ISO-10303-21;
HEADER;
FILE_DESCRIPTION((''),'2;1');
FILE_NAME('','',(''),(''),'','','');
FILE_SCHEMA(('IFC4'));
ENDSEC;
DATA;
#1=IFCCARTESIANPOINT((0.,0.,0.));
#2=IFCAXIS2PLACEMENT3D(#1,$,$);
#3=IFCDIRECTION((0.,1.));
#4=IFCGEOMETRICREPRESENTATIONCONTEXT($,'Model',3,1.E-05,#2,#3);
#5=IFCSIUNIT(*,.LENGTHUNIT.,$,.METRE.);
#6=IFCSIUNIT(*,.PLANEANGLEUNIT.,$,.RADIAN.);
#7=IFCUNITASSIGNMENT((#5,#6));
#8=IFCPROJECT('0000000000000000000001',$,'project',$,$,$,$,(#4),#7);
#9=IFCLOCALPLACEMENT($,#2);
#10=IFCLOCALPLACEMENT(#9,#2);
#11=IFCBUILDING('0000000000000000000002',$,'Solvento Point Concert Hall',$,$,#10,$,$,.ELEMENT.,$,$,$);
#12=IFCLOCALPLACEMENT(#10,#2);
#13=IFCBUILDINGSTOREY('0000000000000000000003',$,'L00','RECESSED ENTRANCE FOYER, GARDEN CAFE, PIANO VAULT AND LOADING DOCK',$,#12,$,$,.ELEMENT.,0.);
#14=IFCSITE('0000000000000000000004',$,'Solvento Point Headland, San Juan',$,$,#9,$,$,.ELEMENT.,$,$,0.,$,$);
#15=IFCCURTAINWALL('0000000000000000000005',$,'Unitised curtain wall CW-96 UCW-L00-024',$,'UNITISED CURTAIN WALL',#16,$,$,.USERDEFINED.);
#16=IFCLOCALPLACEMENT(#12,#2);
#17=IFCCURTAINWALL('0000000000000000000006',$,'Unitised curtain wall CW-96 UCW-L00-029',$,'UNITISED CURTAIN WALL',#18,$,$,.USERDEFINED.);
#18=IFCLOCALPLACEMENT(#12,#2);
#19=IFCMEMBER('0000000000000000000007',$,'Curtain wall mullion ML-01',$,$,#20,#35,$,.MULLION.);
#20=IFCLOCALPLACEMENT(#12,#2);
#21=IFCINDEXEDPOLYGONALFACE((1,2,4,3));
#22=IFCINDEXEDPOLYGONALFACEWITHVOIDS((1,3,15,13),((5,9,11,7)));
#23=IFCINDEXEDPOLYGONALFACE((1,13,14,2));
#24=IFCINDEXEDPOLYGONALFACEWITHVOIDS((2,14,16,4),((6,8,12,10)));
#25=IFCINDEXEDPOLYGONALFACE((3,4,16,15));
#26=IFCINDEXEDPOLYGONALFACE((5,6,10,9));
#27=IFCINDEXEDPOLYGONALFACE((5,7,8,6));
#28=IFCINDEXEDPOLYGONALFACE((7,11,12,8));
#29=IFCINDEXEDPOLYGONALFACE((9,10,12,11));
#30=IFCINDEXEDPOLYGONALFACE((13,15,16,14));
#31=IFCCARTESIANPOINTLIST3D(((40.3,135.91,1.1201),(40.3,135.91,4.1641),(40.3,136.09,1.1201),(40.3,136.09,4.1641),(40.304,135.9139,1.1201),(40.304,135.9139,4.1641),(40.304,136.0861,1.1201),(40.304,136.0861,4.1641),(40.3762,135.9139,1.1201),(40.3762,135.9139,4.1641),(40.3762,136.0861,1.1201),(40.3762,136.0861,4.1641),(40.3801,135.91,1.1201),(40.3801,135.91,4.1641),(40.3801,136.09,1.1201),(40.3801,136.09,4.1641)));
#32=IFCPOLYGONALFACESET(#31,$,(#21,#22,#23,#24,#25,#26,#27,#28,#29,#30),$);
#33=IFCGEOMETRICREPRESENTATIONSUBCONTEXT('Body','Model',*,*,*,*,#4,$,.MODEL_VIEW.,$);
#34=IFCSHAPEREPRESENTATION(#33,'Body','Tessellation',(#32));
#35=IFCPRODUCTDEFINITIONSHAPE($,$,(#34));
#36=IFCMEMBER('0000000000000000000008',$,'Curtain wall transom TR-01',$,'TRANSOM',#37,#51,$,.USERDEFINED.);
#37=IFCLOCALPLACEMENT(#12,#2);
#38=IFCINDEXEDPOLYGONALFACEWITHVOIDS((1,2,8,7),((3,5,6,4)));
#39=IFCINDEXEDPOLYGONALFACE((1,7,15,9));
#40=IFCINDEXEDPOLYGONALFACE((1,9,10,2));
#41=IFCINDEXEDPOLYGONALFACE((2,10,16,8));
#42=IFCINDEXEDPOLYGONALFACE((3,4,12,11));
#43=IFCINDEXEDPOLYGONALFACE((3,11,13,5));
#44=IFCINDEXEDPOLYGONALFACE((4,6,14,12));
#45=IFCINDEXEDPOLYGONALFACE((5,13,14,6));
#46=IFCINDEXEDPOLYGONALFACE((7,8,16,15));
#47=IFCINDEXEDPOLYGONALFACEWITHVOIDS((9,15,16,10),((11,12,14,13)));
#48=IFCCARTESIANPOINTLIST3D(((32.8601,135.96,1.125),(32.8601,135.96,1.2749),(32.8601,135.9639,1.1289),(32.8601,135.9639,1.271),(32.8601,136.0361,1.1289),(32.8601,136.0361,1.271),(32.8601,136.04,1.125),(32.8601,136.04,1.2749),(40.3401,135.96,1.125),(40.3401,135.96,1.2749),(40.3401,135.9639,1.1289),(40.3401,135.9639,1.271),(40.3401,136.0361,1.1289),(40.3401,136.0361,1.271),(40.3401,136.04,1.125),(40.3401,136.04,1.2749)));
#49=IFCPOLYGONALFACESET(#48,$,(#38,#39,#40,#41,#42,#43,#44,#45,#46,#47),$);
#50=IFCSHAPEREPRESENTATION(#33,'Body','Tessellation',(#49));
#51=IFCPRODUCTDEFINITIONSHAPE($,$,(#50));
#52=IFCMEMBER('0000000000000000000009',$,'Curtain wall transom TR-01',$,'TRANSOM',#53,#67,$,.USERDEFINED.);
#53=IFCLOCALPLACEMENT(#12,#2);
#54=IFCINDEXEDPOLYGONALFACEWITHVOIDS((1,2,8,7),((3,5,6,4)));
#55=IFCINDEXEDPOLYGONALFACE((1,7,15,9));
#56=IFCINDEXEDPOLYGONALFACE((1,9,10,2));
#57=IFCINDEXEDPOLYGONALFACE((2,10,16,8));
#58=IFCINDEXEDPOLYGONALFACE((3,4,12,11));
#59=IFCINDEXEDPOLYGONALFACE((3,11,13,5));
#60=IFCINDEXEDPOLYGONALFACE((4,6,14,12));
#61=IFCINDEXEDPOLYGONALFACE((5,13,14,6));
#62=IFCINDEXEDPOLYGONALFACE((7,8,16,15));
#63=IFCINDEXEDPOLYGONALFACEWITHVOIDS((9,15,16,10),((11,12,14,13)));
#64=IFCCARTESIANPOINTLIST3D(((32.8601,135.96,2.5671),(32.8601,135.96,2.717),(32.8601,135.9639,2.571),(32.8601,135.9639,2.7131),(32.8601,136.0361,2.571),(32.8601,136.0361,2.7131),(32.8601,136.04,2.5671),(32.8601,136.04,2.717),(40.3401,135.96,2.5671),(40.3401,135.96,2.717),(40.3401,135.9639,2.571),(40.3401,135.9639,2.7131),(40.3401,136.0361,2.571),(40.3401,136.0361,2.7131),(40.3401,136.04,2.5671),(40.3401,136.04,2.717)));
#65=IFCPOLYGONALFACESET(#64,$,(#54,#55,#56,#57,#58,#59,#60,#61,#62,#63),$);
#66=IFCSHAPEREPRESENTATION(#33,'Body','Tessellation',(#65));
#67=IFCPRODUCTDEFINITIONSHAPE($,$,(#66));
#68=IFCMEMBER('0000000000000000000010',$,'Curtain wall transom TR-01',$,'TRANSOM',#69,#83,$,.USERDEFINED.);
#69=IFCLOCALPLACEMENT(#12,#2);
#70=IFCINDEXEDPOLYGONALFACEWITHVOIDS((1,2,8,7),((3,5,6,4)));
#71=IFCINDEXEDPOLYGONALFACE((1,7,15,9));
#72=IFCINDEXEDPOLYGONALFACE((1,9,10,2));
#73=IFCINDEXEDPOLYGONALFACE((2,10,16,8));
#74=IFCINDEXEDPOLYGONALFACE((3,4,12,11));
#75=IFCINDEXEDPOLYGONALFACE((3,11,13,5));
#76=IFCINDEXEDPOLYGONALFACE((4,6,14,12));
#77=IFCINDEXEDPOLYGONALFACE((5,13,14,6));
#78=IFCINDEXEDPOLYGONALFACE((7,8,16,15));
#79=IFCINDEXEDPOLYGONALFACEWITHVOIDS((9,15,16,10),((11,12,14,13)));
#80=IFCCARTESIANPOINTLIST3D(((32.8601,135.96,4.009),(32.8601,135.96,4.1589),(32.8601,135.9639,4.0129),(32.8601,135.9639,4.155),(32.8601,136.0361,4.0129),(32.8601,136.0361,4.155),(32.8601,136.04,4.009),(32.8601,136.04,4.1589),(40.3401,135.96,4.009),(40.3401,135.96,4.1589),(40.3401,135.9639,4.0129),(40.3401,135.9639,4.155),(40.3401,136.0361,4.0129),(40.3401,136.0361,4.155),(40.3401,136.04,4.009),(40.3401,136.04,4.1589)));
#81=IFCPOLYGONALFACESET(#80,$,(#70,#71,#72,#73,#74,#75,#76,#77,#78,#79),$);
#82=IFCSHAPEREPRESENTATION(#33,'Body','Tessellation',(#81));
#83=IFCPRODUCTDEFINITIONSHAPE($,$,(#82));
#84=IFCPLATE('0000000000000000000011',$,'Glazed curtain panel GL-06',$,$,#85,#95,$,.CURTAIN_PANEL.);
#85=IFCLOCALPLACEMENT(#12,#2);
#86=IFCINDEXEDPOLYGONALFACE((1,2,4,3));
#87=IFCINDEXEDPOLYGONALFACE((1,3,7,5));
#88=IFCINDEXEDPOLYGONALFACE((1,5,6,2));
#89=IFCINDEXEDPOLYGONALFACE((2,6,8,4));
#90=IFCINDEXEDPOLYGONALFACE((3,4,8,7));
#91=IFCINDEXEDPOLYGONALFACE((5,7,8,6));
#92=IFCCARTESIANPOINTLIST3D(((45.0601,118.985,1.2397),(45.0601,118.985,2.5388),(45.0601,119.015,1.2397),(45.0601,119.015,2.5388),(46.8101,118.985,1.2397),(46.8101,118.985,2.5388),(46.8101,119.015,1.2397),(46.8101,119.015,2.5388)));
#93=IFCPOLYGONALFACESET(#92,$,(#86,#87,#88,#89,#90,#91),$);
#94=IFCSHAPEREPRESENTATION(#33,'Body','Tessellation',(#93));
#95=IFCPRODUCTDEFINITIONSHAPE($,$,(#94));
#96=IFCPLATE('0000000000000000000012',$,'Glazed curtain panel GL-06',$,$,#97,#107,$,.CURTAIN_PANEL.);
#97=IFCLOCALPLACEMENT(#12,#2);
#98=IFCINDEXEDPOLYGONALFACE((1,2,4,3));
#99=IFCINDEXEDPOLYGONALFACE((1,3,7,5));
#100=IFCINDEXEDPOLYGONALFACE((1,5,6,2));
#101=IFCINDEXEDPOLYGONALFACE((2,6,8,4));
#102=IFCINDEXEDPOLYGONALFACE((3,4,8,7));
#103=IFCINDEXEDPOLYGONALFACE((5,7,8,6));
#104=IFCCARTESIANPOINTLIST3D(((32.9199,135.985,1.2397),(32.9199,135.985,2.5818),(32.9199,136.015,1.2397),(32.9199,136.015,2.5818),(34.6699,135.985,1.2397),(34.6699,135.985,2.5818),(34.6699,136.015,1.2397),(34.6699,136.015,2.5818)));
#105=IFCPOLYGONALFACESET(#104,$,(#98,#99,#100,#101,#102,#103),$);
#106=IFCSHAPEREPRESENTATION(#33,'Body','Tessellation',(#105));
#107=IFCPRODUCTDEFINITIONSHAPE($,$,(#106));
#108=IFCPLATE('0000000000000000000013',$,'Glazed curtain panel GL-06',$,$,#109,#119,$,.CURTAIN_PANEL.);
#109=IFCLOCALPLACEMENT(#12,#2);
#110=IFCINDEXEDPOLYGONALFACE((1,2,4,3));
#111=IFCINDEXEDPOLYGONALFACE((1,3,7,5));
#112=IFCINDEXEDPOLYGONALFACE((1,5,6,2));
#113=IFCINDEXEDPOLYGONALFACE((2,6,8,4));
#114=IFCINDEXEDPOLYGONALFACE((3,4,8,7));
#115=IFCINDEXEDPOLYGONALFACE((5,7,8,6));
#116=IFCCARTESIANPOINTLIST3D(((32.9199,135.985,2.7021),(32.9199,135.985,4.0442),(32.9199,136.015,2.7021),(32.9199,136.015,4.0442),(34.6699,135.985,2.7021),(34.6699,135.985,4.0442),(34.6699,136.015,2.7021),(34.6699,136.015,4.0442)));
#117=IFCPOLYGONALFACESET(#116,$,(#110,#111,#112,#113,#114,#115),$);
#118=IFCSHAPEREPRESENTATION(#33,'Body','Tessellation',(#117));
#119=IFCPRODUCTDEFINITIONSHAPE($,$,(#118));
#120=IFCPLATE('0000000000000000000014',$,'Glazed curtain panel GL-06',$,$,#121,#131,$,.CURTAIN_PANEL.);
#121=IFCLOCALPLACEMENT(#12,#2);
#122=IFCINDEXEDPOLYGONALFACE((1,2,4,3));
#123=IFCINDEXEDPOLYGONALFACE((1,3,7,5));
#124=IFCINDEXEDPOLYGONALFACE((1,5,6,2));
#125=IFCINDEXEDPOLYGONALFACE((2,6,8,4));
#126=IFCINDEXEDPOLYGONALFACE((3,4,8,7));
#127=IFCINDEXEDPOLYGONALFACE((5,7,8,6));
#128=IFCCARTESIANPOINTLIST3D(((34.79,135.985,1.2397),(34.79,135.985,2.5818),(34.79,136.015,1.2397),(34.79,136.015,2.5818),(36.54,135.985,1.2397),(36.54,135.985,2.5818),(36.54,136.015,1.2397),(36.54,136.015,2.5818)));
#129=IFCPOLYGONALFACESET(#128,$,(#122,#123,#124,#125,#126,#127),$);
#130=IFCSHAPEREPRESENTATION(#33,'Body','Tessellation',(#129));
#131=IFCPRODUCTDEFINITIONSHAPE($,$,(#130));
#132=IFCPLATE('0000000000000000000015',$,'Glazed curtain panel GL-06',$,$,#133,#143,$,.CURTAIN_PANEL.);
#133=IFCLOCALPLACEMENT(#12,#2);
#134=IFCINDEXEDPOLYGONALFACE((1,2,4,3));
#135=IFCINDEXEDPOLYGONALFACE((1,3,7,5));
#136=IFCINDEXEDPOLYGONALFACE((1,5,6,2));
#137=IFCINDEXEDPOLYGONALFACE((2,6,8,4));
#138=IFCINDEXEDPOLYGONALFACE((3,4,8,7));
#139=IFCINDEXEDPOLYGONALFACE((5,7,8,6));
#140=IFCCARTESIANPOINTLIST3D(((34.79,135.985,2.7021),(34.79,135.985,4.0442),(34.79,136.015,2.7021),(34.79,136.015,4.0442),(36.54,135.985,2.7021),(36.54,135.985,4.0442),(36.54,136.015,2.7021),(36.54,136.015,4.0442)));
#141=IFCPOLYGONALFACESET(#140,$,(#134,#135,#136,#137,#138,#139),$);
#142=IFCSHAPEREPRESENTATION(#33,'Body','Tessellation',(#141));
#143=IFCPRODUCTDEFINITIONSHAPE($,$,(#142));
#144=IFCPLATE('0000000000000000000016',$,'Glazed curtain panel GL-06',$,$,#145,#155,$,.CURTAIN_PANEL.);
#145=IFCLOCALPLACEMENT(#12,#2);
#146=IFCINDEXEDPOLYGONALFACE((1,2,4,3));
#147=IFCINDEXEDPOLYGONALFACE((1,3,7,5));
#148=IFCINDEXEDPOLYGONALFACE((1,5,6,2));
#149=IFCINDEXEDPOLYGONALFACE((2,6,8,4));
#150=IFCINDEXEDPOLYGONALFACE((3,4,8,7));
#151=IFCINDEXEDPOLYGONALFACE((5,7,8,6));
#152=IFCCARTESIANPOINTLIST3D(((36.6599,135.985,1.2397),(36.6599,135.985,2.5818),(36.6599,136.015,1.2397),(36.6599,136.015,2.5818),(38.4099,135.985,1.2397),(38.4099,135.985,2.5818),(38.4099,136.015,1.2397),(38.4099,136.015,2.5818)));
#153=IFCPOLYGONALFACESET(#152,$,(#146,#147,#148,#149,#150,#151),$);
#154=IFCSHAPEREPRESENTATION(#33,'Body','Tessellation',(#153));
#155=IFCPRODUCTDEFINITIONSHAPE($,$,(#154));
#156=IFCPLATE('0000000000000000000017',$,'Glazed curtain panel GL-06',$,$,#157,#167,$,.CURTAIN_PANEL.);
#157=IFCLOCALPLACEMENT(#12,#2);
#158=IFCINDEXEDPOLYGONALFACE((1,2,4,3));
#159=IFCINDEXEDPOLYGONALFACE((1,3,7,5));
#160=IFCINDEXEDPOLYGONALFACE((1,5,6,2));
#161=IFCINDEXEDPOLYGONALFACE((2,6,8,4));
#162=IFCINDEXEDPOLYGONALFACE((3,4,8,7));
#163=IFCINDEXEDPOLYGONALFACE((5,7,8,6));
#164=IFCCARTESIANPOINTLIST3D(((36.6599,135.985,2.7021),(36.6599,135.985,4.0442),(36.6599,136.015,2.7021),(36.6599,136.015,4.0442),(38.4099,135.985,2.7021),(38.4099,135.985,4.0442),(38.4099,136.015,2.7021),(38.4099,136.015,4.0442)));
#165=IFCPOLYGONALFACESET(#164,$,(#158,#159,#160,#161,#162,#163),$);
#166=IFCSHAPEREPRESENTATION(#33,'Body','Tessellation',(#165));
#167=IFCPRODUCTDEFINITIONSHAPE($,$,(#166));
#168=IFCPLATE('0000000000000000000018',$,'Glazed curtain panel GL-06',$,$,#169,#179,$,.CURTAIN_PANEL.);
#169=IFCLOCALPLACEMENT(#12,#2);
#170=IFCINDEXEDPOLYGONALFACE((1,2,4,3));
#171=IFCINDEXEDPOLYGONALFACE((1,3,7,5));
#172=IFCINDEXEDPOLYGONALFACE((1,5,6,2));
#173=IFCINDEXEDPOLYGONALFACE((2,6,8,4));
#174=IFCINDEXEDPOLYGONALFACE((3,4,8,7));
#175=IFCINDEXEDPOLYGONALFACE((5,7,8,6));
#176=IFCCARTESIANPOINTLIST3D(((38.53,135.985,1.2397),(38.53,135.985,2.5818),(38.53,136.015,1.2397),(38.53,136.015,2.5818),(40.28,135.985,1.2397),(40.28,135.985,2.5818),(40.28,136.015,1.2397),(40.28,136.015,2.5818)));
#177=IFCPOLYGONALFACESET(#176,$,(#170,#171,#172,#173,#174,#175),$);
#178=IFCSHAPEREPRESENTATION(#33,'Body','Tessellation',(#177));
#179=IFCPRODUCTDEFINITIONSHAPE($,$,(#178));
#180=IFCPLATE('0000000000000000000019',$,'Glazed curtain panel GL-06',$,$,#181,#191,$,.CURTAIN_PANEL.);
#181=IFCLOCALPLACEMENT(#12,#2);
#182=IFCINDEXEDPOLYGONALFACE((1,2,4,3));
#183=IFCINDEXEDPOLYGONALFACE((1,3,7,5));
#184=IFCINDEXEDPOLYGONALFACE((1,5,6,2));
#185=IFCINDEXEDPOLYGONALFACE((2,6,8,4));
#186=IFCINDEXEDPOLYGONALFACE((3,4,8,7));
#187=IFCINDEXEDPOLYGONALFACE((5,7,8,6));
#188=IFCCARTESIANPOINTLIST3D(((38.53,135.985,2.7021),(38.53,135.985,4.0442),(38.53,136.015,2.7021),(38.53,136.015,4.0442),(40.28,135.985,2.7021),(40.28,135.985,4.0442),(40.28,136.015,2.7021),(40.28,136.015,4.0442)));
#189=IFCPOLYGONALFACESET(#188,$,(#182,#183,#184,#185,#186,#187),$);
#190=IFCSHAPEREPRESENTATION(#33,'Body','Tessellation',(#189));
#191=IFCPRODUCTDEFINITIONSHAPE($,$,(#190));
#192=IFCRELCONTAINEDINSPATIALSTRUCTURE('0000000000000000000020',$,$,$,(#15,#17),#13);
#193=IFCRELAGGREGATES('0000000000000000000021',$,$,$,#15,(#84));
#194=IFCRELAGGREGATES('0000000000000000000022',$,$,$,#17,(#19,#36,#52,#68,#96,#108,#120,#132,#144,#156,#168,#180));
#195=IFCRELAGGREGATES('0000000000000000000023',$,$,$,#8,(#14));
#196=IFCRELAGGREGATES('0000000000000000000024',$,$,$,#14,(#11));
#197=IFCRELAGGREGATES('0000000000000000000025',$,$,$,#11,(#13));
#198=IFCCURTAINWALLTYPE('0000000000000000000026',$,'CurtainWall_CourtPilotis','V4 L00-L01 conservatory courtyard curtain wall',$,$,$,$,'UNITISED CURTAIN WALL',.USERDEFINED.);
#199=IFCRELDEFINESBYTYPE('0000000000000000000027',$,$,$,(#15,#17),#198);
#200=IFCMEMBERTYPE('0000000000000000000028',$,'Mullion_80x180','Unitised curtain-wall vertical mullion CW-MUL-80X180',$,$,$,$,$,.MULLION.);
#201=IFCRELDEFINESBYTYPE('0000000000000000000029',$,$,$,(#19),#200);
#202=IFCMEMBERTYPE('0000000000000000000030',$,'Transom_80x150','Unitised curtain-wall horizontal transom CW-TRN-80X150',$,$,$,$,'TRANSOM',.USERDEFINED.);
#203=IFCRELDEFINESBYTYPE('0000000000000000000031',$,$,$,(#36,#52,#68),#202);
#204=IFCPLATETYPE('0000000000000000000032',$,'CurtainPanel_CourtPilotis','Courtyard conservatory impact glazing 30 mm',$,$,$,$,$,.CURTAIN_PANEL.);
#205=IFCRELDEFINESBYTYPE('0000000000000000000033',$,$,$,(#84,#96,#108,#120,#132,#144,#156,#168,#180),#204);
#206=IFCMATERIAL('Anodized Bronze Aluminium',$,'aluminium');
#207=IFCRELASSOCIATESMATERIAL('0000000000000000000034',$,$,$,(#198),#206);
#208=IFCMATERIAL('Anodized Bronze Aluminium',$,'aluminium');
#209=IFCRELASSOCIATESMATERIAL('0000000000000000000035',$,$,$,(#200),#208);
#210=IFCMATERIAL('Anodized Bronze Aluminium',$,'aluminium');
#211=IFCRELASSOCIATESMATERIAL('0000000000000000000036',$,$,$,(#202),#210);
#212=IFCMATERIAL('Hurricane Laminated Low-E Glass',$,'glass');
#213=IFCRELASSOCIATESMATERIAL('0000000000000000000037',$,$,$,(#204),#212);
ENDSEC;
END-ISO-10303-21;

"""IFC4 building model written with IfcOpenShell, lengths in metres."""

from ifc_helpers import new_model, si_unit, direction, frame, origin, origin_2d, place, context, subcontext, project, spatial, rectangle, hollow_rectangle, extrude, material, material_profile, profile_set, type_object, element, aggregate, save


model = new_model("IFC4")

# Units and contexts
model_context = context("Model", 3, precision=1e-05, world=origin(), true_north=direction((0.0, 1.0)))
body_context = subcontext(model_context, "Body", "Model", "MODEL_VIEW")
ifc_project = project(units=[si_unit("LENGTHUNIT", "METRE"), si_unit("PLANEANGLEUNIT", "RADIAN")], contexts=[model_context])

# Site, building, storey
site_placement = place(None, origin())
site = spatial("IfcSite", under=ifc_project, at=site_placement, Name="Solvento Point Headland, San Juan", CompositionType="ELEMENT", RefElevation=0.0)
building_placement = place(site_placement, origin())
building = spatial("IfcBuilding", under=site, at=building_placement, Name="Solvento Point Concert Hall", CompositionType="ELEMENT")
storey_placement = place(building_placement, origin())
storey = spatial("IfcBuildingStorey", under=building, at=storey_placement, Name="L00", Description="RECESSED ENTRANCE FOYER, GARDEN CAFE, PIANO VAULT AND LOADING DOCK", CompositionType="ELEMENT", Elevation=0.0)

# Curtain wall
ifc_material_1 = material(Name="Anodized Bronze Aluminium", Category="aluminium")
curtain_wall_type = type_object("IfcCurtainWallType", Name="CurtainWall_CourtPilotis", Description="V4 L00-L01 conservatory courtyard curtain wall", ElementType="UNITISED CURTAIN WALL", PredefinedType="USERDEFINED", material=ifc_material_1)
curtain_wall_1_placement = place(storey_placement, origin())
curtain_wall_1 = element("IfcCurtainWall", 1, at=curtain_wall_1_placement, inside=storey, type_object=curtain_wall_type, Name="Unitised curtain wall CW-96 UCW-L00-024", ObjectType="UNITISED CURTAIN WALL", PredefinedType="USERDEFINED")
ifc_material_2 = material(Name="Anodized Bronze Aluminium", Category="aluminium")
ifc_material_profile_1 = material_profile(ifc_material_2, hollow_rectangle(XDim=0.0801, YDim=0.1799, WallThickness=0.0039, at=origin_2d()), Name="CW-MUL-80X180")
ifc_profile_set_1 = profile_set([ifc_material_profile_1], Name="Anodized Bronze Aluminium")
member_type_1 = type_object("IfcMemberType", Name="Mullion_80x180", Description="Unitised curtain-wall vertical mullion CW-MUL-80X180", PredefinedType="MULLION", material=ifc_profile_set_1)

# Curtain wall, members
curtain_wall_2_placement = place(storey_placement, origin())
curtain_wall_2 = element("IfcCurtainWall", 2, at=curtain_wall_2_placement, inside=storey, type_object=curtain_wall_type, Name="Unitised curtain wall CW-96 UCW-L00-029", ObjectType="UNITISED CURTAIN WALL", PredefinedType="USERDEFINED")
member_1_placement = place(storey_placement, frame((40.3401, 136.0, 1.1201), z_axis=(0.0, 0.0, 1.0), x_axis=(1.0, 0.0, 0.0)))
member_1 = element("IfcMember", 3, at=member_1_placement, type_object=member_type_1, Name="Curtain wall mullion ML-01", PredefinedType="MULLION", context=body_context, shape_type="SweptSolid", body=[
    extrude(hollow_rectangle(XDim=0.0801, YDim=0.1799, WallThickness=0.0039, at=origin_2d()), origin(), (0.0, 0.0, 1.0), 3.0439),
])
ifc_material_3 = material(Name="Anodized Bronze Aluminium", Category="aluminium")
ifc_material_profile_2 = material_profile(ifc_material_3, hollow_rectangle(XDim=0.0801, YDim=0.1499, WallThickness=0.0039, at=origin_2d()), Name="CW-TRN-80X150")
ifc_profile_set_2 = profile_set([ifc_material_profile_2], Name="Anodized Bronze Aluminium")
member_type_2 = type_object("IfcMemberType", Name="Transom_80x150", Description="Unitised curtain-wall horizontal transom CW-TRN-80X150", ElementType="TRANSOM", PredefinedType="USERDEFINED", material=ifc_profile_set_2)
member_2_placement = place(storey_placement, frame((32.8601, 136.0, 1.2), z_axis=(1.0, 0.0, 0.0), x_axis=(0.0, 1.0, 0.0)))
member_2 = element("IfcMember", 4, at=member_2_placement, type_object=member_type_2, Name="Curtain wall transom TR-01", ObjectType="TRANSOM", PredefinedType="USERDEFINED", context=body_context, shape_type="SweptSolid", body=[
    extrude(hollow_rectangle(XDim=0.0801, YDim=0.1499, WallThickness=0.0039, at=origin_2d()), origin(), (0.0, 0.0, 1.0), 7.48),
])
member_3_placement = place(storey_placement, frame((32.8601, 136.0, 2.6421), z_axis=(1.0, 0.0, 0.0), x_axis=(0.0, 1.0, 0.0)))
member_3 = element("IfcMember", 5, at=member_3_placement, type_object=member_type_2, Name="Curtain wall transom TR-01", ObjectType="TRANSOM", PredefinedType="USERDEFINED", context=body_context, shape_type="SweptSolid", body=[
    extrude(hollow_rectangle(XDim=0.0801, YDim=0.1499, WallThickness=0.0039, at=origin_2d()), origin(), (0.0, 0.0, 1.0), 7.48),
])
member_4_placement = place(storey_placement, frame((32.8601, 136.0, 4.084), z_axis=(1.0, 0.0, 0.0), x_axis=(0.0, 1.0, 0.0)))
member_4 = element("IfcMember", 6, at=member_4_placement, type_object=member_type_2, Name="Curtain wall transom TR-01", ObjectType="TRANSOM", PredefinedType="USERDEFINED", context=body_context, shape_type="SweptSolid", body=[
    extrude(hollow_rectangle(XDim=0.0801, YDim=0.1499, WallThickness=0.0039, at=origin_2d()), origin(), (0.0, 0.0, 1.0), 7.48),
])

# Plates
ifc_material_4 = material(Name="Hurricane Laminated Low-E Glass", Category="glass")
plate_type = type_object("IfcPlateType", Name="CurtainPanel_CourtPilotis", Description="Courtyard conservatory impact glazing 30 mm", PredefinedType="CURTAIN_PANEL", material=ifc_material_4)
plate_1_placement = place(storey_placement, frame((45.9351, 119.0, 1.2397), z_axis=(0.0, 0.0, 1.0), x_axis=(1.0, 0.0, 0.0)))
plate_1 = element("IfcPlate", 7, at=plate_1_placement, type_object=plate_type, Name="Glazed curtain panel GL-06", PredefinedType="CURTAIN_PANEL", context=body_context, shape_type="SweptSolid", body=[
    extrude(rectangle(XDim=1.75, YDim=0.03, at=origin_2d()), origin(), (0.0, 0.0, 1.0), 1.2991),
])
aggregate(curtain_wall_1, [plate_1])
plate_2_placement = place(storey_placement, frame((33.7949, 136.0, 1.2397), z_axis=(0.0, 0.0, 1.0), x_axis=(1.0, 0.0, 0.0)))
plate_2 = element("IfcPlate", 8, at=plate_2_placement, type_object=plate_type, Name="Glazed curtain panel GL-06", PredefinedType="CURTAIN_PANEL", context=body_context, shape_type="SweptSolid", body=[
    extrude(rectangle(XDim=1.75, YDim=0.03, at=origin_2d()), origin(), (0.0, 0.0, 1.0), 1.342),
])
plate_3_placement = place(storey_placement, frame((33.7949, 136.0, 2.7021), z_axis=(0.0, 0.0, 1.0), x_axis=(1.0, 0.0, 0.0)))
plate_3 = element("IfcPlate", 9, at=plate_3_placement, type_object=plate_type, Name="Glazed curtain panel GL-06", PredefinedType="CURTAIN_PANEL", context=body_context, shape_type="SweptSolid", body=[
    extrude(rectangle(XDim=1.75, YDim=0.03, at=origin_2d()), origin(), (0.0, 0.0, 1.0), 1.342),
])
plate_4_placement = place(storey_placement, frame((35.665, 136.0, 1.2397), z_axis=(0.0, 0.0, 1.0), x_axis=(1.0, 0.0, 0.0)))
plate_4 = element("IfcPlate", 10, at=plate_4_placement, type_object=plate_type, Name="Glazed curtain panel GL-06", PredefinedType="CURTAIN_PANEL", context=body_context, shape_type="SweptSolid", body=[
    extrude(rectangle(XDim=1.75, YDim=0.03, at=origin_2d()), origin(), (0.0, 0.0, 1.0), 1.342),
])
plate_5_placement = place(storey_placement, frame((35.665, 136.0, 2.7021), z_axis=(0.0, 0.0, 1.0), x_axis=(1.0, 0.0, 0.0)))
plate_5 = element("IfcPlate", 11, at=plate_5_placement, type_object=plate_type, Name="Glazed curtain panel GL-06", PredefinedType="CURTAIN_PANEL", context=body_context, shape_type="SweptSolid", body=[
    extrude(rectangle(XDim=1.75, YDim=0.03, at=origin_2d()), origin(), (0.0, 0.0, 1.0), 1.342),
])
plate_6_placement = place(storey_placement, frame((37.5349, 136.0, 1.2397), z_axis=(0.0, 0.0, 1.0), x_axis=(1.0, 0.0, 0.0)))
plate_6 = element("IfcPlate", 12, at=plate_6_placement, type_object=plate_type, Name="Glazed curtain panel GL-06", PredefinedType="CURTAIN_PANEL", context=body_context, shape_type="SweptSolid", body=[
    extrude(rectangle(XDim=1.75, YDim=0.03, at=origin_2d()), origin(), (0.0, 0.0, 1.0), 1.342),
])
plate_7_placement = place(storey_placement, frame((37.5349, 136.0, 2.7021), z_axis=(0.0, 0.0, 1.0), x_axis=(1.0, 0.0, 0.0)))
plate_7 = element("IfcPlate", 13, at=plate_7_placement, type_object=plate_type, Name="Glazed curtain panel GL-06", PredefinedType="CURTAIN_PANEL", context=body_context, shape_type="SweptSolid", body=[
    extrude(rectangle(XDim=1.75, YDim=0.03, at=origin_2d()), origin(), (0.0, 0.0, 1.0), 1.342),
])
plate_8_placement = place(storey_placement, frame((39.405, 136.0, 1.2397), z_axis=(0.0, 0.0, 1.0), x_axis=(1.0, 0.0, 0.0)))
plate_8 = element("IfcPlate", 14, at=plate_8_placement, type_object=plate_type, Name="Glazed curtain panel GL-06", PredefinedType="CURTAIN_PANEL", context=body_context, shape_type="SweptSolid", body=[
    extrude(rectangle(XDim=1.75, YDim=0.03, at=origin_2d()), origin(), (0.0, 0.0, 1.0), 1.342),
])
plate_9_placement = place(storey_placement, frame((39.405, 136.0, 2.7021), z_axis=(0.0, 0.0, 1.0), x_axis=(1.0, 0.0, 0.0)))
plate_9 = element("IfcPlate", 15, at=plate_9_placement, type_object=plate_type, Name="Glazed curtain panel GL-06", PredefinedType="CURTAIN_PANEL", context=body_context, shape_type="SweptSolid", body=[
    extrude(rectangle(XDim=1.75, YDim=0.03, at=origin_2d()), origin(), (0.0, 0.0, 1.0), 1.342),
])
aggregate(curtain_wall_2, [member_1, member_2, member_3, member_4, plate_2, plate_3, plate_4, plate_5, plate_6, plate_7, plate_8, plate_9])

save(model, "model.ifc")
